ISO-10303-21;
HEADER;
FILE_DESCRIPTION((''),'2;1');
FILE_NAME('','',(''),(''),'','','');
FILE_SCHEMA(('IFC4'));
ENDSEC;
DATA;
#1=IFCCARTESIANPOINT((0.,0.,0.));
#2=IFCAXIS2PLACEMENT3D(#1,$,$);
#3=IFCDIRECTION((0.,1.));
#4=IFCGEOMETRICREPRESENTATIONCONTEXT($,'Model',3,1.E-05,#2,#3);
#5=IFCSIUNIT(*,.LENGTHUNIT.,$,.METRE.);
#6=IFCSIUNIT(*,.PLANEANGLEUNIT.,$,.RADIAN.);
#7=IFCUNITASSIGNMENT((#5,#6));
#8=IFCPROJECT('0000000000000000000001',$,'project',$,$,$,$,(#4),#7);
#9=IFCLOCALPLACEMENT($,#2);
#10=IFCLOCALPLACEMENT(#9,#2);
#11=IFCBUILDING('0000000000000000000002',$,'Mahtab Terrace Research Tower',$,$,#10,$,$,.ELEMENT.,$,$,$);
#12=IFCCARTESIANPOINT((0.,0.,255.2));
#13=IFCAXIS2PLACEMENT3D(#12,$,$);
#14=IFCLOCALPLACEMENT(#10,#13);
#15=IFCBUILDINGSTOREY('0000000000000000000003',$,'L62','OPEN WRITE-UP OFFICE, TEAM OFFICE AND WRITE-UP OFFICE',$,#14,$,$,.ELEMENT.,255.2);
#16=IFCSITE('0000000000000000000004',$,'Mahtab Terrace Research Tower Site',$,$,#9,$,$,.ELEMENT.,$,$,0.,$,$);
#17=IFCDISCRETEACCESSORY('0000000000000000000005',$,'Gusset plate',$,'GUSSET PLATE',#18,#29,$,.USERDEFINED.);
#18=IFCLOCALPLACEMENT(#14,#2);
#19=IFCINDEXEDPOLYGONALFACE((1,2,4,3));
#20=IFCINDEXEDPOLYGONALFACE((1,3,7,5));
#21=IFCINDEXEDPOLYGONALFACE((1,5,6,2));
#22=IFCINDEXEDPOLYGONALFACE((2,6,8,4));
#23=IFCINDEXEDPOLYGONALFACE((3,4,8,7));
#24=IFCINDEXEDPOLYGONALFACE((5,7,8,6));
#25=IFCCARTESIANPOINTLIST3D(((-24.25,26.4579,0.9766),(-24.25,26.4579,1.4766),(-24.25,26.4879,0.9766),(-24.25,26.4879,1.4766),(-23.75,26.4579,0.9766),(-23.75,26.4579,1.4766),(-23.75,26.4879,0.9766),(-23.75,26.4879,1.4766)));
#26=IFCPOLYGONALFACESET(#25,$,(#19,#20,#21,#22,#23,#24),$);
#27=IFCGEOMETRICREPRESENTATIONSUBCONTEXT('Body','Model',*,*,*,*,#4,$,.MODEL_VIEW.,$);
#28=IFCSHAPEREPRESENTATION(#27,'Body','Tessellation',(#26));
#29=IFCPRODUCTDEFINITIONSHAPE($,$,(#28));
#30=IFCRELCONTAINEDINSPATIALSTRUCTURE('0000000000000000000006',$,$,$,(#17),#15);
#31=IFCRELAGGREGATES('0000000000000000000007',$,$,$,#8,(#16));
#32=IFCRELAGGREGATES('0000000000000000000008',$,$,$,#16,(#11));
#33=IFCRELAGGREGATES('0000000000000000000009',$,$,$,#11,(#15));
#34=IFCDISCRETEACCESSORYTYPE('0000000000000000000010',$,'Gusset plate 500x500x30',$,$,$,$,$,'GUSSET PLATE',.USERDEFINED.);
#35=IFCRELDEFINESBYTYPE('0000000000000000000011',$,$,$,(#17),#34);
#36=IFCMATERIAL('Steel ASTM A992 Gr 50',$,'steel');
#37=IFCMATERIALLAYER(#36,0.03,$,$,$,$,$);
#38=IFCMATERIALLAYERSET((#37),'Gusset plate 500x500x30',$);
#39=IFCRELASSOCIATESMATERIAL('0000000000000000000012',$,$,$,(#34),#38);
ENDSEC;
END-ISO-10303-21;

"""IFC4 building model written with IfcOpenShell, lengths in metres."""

from ifc_helpers import new_model, si_unit, direction, frame, origin, origin_2d, place, context, subcontext, project, spatial, rectangle, extrude, material, layer, layer_set, type_object, element, save


model = new_model("IFC4")

# Units and contexts
model_context = context("Model", 3, precision=1e-05, world=origin(), true_north=direction((0.0, 1.0)))
body_context = subcontext(model_context, "Body", "Model", "MODEL_VIEW")
ifc_project = project(units=[si_unit("LENGTHUNIT", "METRE"), si_unit("PLANEANGLEUNIT", "RADIAN")], contexts=[model_context])

# Site, building, storey
site_placement = place(None, origin())
site = spatial("IfcSite", under=ifc_project, at=site_placement, Name="Mahtab Terrace Research Tower Site", CompositionType="ELEMENT", RefElevation=0.0)
building_placement = place(site_placement, origin())
building = spatial("IfcBuilding", under=site, at=building_placement, Name="Mahtab Terrace Research Tower", CompositionType="ELEMENT")
storey_placement = place(building_placement, frame((0.0, 0.0, 255.2)))
storey = spatial("IfcBuildingStorey", under=building, at=storey_placement, Name="L62", Description="OPEN WRITE-UP OFFICE, TEAM OFFICE AND WRITE-UP OFFICE", CompositionType="ELEMENT", Elevation=255.2)

# Shared definitions
ifc_material_1 = material(Name="Steel ASTM A992 Gr 50", Category="steel")

# Discrete accessory
ifc_layer_1 = layer(ifc_material_1, 0.03)
ifc_layer_set_1 = layer_set([ifc_layer_1], Name="Gusset plate 500x500x30")
discrete_accessory_type = type_object("IfcDiscreteAccessoryType", Name="Gusset plate 500x500x30", ElementType="GUSSET PLATE", PredefinedType="USERDEFINED", material=ifc_layer_set_1)
for number, where, z_axis, x_axis, name in (
    (1, (-24.0, 26.4729, 0.9766), (0.0, 0.0, 1.0), (1.0, 0.0, 0.0), "Gusset plate"),
):
    element("IfcDiscreteAccessory", number, at=place(storey_placement, frame(where, z_axis=z_axis, x_axis=x_axis)), inside=storey, type_object=discrete_accessory_type, Name=name, ObjectType="GUSSET PLATE", PredefinedType="USERDEFINED", context=body_context, shape_type="SweptSolid", body=[
        extrude(rectangle(XDim=0.5, YDim=0.03, at=origin_2d()), origin(), (0.0, 0.0, 1.0), 0.5),
    ])

save(model, "model.ifc")
